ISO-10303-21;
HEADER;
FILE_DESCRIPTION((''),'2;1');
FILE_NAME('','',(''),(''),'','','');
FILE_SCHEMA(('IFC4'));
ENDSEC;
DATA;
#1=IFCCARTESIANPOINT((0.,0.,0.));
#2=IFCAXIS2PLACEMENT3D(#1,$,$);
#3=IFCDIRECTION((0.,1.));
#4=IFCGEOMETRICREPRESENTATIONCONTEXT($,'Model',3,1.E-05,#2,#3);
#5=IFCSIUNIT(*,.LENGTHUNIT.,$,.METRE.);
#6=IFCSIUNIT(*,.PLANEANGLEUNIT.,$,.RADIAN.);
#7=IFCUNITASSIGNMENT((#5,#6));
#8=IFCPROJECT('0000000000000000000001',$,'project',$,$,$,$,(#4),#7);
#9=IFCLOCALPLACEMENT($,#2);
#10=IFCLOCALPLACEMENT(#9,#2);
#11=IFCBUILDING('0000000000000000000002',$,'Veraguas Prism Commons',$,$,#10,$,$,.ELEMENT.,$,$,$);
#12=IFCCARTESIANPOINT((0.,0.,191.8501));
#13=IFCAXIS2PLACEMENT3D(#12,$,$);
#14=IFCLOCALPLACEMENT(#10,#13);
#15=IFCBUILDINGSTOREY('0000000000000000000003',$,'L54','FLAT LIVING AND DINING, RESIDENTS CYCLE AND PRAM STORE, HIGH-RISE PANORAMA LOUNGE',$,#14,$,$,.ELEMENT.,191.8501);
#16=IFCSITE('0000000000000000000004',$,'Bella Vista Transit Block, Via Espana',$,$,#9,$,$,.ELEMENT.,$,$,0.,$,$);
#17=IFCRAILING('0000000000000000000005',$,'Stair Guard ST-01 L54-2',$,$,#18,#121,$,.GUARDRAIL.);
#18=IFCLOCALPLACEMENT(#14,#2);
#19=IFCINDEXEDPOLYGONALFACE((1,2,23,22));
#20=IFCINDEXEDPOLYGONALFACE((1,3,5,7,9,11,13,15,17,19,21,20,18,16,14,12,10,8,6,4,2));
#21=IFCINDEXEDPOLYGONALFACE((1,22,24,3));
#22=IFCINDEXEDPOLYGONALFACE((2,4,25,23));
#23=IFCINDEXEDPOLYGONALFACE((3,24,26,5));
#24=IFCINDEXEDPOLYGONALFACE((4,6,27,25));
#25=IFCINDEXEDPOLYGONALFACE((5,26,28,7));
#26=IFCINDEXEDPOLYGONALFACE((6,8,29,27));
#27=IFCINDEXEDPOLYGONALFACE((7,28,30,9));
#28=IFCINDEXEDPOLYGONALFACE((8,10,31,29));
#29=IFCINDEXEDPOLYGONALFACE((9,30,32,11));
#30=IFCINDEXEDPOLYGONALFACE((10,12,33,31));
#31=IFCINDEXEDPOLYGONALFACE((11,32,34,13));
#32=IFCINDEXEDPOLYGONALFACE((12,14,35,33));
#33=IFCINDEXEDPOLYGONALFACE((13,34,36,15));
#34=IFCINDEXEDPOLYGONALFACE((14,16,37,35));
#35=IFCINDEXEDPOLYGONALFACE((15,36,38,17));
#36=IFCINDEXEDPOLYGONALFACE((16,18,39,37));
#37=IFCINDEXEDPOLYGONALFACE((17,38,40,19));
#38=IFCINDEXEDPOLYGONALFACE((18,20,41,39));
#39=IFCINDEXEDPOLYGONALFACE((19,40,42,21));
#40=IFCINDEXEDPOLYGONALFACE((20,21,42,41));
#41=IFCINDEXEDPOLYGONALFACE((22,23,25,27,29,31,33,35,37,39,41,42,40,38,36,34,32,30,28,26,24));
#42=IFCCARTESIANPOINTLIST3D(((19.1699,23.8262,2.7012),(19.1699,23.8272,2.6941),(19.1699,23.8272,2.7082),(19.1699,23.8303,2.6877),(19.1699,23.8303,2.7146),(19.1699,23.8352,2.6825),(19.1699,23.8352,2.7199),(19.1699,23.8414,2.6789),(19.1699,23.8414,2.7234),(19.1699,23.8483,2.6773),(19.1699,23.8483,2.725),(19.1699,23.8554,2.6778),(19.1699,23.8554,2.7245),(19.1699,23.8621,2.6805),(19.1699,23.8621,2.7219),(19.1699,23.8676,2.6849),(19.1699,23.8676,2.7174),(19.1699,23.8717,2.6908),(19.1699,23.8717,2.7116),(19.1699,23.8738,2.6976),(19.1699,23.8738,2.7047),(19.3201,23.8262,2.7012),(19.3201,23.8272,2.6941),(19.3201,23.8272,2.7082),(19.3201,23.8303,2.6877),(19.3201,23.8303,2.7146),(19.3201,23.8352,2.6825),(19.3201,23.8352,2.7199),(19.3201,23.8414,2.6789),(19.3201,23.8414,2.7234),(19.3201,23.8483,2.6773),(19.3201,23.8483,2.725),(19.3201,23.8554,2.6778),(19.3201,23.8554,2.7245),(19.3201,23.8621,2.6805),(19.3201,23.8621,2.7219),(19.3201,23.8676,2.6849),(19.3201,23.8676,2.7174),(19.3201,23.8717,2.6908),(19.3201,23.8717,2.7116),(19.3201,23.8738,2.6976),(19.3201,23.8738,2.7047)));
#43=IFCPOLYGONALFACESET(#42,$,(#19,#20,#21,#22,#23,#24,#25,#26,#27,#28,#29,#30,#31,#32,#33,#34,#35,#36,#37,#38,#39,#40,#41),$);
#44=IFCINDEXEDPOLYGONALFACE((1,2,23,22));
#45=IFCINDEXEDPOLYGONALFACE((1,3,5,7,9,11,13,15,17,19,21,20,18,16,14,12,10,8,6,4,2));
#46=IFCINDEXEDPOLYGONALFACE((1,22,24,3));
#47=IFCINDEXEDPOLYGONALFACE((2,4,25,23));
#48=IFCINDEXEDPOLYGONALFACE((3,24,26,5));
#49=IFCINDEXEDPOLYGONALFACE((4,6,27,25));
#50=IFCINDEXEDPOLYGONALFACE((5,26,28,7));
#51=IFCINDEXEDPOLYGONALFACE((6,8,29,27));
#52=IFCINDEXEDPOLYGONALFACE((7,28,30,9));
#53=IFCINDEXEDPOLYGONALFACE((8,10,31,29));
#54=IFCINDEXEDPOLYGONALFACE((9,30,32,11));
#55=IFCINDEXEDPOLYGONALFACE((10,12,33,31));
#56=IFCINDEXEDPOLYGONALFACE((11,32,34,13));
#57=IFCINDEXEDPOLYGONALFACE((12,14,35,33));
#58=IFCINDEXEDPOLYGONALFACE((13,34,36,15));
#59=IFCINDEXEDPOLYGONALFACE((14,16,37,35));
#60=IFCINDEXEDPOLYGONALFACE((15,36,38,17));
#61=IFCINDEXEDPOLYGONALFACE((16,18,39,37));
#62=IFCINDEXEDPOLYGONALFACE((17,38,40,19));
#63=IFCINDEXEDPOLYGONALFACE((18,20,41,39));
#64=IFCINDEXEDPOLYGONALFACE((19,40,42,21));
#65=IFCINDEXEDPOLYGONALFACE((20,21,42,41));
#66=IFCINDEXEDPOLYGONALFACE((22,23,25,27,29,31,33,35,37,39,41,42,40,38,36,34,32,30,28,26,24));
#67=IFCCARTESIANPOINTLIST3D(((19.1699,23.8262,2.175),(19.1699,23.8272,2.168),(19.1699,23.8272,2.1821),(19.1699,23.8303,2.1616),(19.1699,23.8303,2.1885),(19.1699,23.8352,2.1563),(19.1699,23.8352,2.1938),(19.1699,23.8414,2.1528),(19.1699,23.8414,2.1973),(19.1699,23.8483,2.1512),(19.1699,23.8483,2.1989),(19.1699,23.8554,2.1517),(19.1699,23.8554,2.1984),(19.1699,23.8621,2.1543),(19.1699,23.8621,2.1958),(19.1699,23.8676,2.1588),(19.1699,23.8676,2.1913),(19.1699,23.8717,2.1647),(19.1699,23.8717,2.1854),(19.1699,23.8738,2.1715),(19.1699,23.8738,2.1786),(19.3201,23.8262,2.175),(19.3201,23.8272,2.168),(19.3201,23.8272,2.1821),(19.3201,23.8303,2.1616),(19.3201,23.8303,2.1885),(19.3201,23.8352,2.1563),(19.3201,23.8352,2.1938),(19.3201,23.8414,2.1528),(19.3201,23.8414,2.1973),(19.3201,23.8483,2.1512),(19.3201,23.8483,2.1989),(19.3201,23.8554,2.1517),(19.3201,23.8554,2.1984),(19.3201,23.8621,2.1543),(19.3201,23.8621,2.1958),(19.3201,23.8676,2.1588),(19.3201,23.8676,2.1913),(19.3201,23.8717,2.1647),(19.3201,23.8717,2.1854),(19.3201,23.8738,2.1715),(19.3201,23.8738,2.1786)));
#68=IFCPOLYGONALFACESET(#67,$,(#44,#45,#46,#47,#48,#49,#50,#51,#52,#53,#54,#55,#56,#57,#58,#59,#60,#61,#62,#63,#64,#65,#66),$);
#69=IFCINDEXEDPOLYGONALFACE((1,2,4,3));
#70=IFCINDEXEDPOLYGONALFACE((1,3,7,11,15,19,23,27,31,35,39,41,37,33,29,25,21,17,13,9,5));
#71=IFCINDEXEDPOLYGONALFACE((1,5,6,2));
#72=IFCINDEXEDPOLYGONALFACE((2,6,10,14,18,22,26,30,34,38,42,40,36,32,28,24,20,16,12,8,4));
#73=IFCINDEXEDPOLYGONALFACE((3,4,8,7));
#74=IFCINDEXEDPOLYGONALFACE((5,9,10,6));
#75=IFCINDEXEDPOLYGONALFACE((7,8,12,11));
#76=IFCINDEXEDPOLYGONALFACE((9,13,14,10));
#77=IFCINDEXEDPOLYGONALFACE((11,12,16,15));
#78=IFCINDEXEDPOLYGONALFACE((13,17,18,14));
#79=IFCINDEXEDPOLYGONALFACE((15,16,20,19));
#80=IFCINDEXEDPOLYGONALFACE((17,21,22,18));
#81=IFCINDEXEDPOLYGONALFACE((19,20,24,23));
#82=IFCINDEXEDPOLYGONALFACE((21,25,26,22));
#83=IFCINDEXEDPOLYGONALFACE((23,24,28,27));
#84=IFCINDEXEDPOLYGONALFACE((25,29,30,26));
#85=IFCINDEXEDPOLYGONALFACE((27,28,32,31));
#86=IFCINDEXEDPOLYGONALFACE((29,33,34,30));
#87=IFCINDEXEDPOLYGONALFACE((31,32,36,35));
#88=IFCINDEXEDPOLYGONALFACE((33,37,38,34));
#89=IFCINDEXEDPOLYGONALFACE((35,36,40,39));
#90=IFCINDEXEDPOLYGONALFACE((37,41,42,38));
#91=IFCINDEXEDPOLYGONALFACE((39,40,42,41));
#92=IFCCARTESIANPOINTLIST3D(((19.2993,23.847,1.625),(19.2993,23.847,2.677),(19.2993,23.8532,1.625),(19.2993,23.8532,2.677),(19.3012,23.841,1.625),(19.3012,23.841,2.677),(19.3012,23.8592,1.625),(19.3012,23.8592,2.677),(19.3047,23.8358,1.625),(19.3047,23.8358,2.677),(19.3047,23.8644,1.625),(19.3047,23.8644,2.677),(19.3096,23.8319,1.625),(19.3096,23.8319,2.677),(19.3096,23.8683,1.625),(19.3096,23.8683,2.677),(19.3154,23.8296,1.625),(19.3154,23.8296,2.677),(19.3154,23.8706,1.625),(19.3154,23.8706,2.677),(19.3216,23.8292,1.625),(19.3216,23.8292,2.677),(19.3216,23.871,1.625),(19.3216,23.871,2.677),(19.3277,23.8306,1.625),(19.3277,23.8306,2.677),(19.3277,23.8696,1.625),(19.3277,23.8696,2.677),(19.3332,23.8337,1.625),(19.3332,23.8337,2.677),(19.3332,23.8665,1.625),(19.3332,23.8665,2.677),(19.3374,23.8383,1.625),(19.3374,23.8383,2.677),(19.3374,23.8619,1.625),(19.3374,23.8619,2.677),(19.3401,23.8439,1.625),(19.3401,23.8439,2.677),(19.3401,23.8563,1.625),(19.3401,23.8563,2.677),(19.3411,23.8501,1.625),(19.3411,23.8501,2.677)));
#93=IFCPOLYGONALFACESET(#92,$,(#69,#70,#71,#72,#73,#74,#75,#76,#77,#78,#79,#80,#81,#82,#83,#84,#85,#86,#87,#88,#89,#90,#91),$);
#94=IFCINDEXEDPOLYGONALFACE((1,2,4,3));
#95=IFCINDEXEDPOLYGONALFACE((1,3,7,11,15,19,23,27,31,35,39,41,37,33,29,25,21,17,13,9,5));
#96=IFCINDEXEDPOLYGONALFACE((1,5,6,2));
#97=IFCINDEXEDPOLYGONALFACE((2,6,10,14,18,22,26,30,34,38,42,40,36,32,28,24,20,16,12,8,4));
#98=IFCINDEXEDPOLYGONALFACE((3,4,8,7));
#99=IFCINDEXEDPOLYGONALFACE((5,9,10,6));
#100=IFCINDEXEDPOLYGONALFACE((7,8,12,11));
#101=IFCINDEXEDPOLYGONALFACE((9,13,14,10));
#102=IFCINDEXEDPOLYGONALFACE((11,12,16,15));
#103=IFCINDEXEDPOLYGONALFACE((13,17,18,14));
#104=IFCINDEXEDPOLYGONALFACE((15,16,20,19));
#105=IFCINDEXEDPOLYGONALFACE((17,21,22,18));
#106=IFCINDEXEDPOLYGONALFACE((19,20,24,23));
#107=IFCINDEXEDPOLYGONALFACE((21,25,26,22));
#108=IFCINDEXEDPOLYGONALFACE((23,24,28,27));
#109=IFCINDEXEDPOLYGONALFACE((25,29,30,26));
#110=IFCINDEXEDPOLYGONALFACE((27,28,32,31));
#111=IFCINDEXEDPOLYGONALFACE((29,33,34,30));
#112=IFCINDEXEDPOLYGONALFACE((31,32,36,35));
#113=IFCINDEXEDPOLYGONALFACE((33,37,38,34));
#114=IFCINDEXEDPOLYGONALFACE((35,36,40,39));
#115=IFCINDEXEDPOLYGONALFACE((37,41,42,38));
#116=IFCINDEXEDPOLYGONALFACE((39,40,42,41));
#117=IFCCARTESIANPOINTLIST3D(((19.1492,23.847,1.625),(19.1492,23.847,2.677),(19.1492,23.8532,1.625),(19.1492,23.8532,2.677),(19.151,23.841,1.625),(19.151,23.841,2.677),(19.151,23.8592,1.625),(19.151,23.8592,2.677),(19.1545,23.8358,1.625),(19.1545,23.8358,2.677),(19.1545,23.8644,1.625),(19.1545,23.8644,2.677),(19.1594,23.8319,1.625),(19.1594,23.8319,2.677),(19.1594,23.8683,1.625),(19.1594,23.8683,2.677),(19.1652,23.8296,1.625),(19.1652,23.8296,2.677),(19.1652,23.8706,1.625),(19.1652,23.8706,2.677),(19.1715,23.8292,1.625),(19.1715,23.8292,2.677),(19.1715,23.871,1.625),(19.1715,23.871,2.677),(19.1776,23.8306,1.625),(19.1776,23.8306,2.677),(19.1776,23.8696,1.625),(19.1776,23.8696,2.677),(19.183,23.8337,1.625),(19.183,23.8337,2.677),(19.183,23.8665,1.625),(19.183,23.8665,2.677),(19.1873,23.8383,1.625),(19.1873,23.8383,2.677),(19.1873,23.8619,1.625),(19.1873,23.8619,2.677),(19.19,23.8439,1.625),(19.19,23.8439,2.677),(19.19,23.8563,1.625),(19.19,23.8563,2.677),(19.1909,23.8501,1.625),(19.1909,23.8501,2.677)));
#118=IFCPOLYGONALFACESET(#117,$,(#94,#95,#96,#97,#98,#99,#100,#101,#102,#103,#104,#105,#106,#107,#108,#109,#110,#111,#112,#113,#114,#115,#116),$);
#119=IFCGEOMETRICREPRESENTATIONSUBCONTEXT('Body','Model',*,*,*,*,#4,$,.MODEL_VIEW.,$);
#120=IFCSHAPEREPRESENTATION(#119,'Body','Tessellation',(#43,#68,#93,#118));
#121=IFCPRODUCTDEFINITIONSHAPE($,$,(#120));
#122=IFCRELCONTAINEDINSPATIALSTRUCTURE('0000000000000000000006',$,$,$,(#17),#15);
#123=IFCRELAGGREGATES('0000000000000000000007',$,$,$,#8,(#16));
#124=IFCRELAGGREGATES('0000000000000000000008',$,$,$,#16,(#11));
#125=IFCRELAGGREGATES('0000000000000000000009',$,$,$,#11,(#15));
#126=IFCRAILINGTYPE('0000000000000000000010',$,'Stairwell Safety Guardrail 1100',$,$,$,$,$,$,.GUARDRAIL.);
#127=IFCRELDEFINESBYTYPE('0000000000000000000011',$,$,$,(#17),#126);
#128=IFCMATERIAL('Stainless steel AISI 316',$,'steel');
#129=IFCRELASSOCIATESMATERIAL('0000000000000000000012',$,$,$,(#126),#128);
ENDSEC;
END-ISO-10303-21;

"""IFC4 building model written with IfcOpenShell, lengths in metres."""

from ifc_helpers import new_model, si_unit, direction, frame, origin, origin_2d, place, context, subcontext, project, spatial, circle, extrude, material, type_object, element, save


model = new_model("IFC4")

# Units and contexts
model_context = context("Model", 3, precision=1e-05, world=origin(), true_north=direction((0.0, 1.0)))
body_context = subcontext(model_context, "Body", "Model", "MODEL_VIEW")
ifc_project = project(units=[si_unit("LENGTHUNIT", "METRE"), si_unit("PLANEANGLEUNIT", "RADIAN")], contexts=[model_context])

# Site, building, storey
site_placement = place(None, origin())
site = spatial("IfcSite", under=ifc_project, at=site_placement, Name="Bella Vista Transit Block, Via Espana", CompositionType="ELEMENT", RefElevation=0.0)
building_placement = place(site_placement, origin())
building = spatial("IfcBuilding", under=site, at=building_placement, Name="Veraguas Prism Commons", CompositionType="ELEMENT")
storey_placement = place(building_placement, frame((0.0, 0.0, 191.8501)))
storey = spatial("IfcBuildingStorey", under=building, at=storey_placement, Name="L54", Description="FLAT LIVING AND DINING, RESIDENTS CYCLE AND PRAM STORE, HIGH-RISE PANORAMA LOUNGE", CompositionType="ELEMENT", Elevation=191.8501)

# Railing
ifc_material_1 = material(Name="Stainless steel AISI 316", Category="steel")
railing_type_1 = type_object("IfcRailingType", Name="Stairwell Safety Guardrail 1100", PredefinedType="GUARDRAIL", material=ifc_material_1)
railing_1_placement = place(storey_placement, frame((19.3201, 23.8501, 1.625)))
element("IfcRailing", 1, at=railing_1_placement, inside=storey, type_object=railing_type_1, Name="Stair Guard ST-01 L54-2", PredefinedType="GUARDRAIL", context=body_context, shape_type="SweptSolid", body=[
    extrude(circle(Radius=0.0239, at=origin_2d()), frame((0.0, 0.0, 1.0762), z_axis=(-1.0, 0.0, 0.0), x_axis=(0.0, -1.0, 0.0)), (0.0, 0.0, 1.0), 0.1501),
    extrude(circle(Radius=0.0239, at=origin_2d()), frame((0.0, 0.0, 0.55), z_axis=(-1.0, 0.0, 0.0), x_axis=(0.0, -1.0, 0.0)), (0.0, 0.0, 1.0), 0.1501),
    extrude(circle(Radius=0.021, at=origin_2d()), origin(), (0.0, 0.0, 1.0), 1.052),
    extrude(circle(Radius=0.021, at=origin_2d()), frame((-0.1501, 0.0, 0.0)), (0.0, 0.0, 1.0), 1.052),
])

save(model, "model.ifc")
